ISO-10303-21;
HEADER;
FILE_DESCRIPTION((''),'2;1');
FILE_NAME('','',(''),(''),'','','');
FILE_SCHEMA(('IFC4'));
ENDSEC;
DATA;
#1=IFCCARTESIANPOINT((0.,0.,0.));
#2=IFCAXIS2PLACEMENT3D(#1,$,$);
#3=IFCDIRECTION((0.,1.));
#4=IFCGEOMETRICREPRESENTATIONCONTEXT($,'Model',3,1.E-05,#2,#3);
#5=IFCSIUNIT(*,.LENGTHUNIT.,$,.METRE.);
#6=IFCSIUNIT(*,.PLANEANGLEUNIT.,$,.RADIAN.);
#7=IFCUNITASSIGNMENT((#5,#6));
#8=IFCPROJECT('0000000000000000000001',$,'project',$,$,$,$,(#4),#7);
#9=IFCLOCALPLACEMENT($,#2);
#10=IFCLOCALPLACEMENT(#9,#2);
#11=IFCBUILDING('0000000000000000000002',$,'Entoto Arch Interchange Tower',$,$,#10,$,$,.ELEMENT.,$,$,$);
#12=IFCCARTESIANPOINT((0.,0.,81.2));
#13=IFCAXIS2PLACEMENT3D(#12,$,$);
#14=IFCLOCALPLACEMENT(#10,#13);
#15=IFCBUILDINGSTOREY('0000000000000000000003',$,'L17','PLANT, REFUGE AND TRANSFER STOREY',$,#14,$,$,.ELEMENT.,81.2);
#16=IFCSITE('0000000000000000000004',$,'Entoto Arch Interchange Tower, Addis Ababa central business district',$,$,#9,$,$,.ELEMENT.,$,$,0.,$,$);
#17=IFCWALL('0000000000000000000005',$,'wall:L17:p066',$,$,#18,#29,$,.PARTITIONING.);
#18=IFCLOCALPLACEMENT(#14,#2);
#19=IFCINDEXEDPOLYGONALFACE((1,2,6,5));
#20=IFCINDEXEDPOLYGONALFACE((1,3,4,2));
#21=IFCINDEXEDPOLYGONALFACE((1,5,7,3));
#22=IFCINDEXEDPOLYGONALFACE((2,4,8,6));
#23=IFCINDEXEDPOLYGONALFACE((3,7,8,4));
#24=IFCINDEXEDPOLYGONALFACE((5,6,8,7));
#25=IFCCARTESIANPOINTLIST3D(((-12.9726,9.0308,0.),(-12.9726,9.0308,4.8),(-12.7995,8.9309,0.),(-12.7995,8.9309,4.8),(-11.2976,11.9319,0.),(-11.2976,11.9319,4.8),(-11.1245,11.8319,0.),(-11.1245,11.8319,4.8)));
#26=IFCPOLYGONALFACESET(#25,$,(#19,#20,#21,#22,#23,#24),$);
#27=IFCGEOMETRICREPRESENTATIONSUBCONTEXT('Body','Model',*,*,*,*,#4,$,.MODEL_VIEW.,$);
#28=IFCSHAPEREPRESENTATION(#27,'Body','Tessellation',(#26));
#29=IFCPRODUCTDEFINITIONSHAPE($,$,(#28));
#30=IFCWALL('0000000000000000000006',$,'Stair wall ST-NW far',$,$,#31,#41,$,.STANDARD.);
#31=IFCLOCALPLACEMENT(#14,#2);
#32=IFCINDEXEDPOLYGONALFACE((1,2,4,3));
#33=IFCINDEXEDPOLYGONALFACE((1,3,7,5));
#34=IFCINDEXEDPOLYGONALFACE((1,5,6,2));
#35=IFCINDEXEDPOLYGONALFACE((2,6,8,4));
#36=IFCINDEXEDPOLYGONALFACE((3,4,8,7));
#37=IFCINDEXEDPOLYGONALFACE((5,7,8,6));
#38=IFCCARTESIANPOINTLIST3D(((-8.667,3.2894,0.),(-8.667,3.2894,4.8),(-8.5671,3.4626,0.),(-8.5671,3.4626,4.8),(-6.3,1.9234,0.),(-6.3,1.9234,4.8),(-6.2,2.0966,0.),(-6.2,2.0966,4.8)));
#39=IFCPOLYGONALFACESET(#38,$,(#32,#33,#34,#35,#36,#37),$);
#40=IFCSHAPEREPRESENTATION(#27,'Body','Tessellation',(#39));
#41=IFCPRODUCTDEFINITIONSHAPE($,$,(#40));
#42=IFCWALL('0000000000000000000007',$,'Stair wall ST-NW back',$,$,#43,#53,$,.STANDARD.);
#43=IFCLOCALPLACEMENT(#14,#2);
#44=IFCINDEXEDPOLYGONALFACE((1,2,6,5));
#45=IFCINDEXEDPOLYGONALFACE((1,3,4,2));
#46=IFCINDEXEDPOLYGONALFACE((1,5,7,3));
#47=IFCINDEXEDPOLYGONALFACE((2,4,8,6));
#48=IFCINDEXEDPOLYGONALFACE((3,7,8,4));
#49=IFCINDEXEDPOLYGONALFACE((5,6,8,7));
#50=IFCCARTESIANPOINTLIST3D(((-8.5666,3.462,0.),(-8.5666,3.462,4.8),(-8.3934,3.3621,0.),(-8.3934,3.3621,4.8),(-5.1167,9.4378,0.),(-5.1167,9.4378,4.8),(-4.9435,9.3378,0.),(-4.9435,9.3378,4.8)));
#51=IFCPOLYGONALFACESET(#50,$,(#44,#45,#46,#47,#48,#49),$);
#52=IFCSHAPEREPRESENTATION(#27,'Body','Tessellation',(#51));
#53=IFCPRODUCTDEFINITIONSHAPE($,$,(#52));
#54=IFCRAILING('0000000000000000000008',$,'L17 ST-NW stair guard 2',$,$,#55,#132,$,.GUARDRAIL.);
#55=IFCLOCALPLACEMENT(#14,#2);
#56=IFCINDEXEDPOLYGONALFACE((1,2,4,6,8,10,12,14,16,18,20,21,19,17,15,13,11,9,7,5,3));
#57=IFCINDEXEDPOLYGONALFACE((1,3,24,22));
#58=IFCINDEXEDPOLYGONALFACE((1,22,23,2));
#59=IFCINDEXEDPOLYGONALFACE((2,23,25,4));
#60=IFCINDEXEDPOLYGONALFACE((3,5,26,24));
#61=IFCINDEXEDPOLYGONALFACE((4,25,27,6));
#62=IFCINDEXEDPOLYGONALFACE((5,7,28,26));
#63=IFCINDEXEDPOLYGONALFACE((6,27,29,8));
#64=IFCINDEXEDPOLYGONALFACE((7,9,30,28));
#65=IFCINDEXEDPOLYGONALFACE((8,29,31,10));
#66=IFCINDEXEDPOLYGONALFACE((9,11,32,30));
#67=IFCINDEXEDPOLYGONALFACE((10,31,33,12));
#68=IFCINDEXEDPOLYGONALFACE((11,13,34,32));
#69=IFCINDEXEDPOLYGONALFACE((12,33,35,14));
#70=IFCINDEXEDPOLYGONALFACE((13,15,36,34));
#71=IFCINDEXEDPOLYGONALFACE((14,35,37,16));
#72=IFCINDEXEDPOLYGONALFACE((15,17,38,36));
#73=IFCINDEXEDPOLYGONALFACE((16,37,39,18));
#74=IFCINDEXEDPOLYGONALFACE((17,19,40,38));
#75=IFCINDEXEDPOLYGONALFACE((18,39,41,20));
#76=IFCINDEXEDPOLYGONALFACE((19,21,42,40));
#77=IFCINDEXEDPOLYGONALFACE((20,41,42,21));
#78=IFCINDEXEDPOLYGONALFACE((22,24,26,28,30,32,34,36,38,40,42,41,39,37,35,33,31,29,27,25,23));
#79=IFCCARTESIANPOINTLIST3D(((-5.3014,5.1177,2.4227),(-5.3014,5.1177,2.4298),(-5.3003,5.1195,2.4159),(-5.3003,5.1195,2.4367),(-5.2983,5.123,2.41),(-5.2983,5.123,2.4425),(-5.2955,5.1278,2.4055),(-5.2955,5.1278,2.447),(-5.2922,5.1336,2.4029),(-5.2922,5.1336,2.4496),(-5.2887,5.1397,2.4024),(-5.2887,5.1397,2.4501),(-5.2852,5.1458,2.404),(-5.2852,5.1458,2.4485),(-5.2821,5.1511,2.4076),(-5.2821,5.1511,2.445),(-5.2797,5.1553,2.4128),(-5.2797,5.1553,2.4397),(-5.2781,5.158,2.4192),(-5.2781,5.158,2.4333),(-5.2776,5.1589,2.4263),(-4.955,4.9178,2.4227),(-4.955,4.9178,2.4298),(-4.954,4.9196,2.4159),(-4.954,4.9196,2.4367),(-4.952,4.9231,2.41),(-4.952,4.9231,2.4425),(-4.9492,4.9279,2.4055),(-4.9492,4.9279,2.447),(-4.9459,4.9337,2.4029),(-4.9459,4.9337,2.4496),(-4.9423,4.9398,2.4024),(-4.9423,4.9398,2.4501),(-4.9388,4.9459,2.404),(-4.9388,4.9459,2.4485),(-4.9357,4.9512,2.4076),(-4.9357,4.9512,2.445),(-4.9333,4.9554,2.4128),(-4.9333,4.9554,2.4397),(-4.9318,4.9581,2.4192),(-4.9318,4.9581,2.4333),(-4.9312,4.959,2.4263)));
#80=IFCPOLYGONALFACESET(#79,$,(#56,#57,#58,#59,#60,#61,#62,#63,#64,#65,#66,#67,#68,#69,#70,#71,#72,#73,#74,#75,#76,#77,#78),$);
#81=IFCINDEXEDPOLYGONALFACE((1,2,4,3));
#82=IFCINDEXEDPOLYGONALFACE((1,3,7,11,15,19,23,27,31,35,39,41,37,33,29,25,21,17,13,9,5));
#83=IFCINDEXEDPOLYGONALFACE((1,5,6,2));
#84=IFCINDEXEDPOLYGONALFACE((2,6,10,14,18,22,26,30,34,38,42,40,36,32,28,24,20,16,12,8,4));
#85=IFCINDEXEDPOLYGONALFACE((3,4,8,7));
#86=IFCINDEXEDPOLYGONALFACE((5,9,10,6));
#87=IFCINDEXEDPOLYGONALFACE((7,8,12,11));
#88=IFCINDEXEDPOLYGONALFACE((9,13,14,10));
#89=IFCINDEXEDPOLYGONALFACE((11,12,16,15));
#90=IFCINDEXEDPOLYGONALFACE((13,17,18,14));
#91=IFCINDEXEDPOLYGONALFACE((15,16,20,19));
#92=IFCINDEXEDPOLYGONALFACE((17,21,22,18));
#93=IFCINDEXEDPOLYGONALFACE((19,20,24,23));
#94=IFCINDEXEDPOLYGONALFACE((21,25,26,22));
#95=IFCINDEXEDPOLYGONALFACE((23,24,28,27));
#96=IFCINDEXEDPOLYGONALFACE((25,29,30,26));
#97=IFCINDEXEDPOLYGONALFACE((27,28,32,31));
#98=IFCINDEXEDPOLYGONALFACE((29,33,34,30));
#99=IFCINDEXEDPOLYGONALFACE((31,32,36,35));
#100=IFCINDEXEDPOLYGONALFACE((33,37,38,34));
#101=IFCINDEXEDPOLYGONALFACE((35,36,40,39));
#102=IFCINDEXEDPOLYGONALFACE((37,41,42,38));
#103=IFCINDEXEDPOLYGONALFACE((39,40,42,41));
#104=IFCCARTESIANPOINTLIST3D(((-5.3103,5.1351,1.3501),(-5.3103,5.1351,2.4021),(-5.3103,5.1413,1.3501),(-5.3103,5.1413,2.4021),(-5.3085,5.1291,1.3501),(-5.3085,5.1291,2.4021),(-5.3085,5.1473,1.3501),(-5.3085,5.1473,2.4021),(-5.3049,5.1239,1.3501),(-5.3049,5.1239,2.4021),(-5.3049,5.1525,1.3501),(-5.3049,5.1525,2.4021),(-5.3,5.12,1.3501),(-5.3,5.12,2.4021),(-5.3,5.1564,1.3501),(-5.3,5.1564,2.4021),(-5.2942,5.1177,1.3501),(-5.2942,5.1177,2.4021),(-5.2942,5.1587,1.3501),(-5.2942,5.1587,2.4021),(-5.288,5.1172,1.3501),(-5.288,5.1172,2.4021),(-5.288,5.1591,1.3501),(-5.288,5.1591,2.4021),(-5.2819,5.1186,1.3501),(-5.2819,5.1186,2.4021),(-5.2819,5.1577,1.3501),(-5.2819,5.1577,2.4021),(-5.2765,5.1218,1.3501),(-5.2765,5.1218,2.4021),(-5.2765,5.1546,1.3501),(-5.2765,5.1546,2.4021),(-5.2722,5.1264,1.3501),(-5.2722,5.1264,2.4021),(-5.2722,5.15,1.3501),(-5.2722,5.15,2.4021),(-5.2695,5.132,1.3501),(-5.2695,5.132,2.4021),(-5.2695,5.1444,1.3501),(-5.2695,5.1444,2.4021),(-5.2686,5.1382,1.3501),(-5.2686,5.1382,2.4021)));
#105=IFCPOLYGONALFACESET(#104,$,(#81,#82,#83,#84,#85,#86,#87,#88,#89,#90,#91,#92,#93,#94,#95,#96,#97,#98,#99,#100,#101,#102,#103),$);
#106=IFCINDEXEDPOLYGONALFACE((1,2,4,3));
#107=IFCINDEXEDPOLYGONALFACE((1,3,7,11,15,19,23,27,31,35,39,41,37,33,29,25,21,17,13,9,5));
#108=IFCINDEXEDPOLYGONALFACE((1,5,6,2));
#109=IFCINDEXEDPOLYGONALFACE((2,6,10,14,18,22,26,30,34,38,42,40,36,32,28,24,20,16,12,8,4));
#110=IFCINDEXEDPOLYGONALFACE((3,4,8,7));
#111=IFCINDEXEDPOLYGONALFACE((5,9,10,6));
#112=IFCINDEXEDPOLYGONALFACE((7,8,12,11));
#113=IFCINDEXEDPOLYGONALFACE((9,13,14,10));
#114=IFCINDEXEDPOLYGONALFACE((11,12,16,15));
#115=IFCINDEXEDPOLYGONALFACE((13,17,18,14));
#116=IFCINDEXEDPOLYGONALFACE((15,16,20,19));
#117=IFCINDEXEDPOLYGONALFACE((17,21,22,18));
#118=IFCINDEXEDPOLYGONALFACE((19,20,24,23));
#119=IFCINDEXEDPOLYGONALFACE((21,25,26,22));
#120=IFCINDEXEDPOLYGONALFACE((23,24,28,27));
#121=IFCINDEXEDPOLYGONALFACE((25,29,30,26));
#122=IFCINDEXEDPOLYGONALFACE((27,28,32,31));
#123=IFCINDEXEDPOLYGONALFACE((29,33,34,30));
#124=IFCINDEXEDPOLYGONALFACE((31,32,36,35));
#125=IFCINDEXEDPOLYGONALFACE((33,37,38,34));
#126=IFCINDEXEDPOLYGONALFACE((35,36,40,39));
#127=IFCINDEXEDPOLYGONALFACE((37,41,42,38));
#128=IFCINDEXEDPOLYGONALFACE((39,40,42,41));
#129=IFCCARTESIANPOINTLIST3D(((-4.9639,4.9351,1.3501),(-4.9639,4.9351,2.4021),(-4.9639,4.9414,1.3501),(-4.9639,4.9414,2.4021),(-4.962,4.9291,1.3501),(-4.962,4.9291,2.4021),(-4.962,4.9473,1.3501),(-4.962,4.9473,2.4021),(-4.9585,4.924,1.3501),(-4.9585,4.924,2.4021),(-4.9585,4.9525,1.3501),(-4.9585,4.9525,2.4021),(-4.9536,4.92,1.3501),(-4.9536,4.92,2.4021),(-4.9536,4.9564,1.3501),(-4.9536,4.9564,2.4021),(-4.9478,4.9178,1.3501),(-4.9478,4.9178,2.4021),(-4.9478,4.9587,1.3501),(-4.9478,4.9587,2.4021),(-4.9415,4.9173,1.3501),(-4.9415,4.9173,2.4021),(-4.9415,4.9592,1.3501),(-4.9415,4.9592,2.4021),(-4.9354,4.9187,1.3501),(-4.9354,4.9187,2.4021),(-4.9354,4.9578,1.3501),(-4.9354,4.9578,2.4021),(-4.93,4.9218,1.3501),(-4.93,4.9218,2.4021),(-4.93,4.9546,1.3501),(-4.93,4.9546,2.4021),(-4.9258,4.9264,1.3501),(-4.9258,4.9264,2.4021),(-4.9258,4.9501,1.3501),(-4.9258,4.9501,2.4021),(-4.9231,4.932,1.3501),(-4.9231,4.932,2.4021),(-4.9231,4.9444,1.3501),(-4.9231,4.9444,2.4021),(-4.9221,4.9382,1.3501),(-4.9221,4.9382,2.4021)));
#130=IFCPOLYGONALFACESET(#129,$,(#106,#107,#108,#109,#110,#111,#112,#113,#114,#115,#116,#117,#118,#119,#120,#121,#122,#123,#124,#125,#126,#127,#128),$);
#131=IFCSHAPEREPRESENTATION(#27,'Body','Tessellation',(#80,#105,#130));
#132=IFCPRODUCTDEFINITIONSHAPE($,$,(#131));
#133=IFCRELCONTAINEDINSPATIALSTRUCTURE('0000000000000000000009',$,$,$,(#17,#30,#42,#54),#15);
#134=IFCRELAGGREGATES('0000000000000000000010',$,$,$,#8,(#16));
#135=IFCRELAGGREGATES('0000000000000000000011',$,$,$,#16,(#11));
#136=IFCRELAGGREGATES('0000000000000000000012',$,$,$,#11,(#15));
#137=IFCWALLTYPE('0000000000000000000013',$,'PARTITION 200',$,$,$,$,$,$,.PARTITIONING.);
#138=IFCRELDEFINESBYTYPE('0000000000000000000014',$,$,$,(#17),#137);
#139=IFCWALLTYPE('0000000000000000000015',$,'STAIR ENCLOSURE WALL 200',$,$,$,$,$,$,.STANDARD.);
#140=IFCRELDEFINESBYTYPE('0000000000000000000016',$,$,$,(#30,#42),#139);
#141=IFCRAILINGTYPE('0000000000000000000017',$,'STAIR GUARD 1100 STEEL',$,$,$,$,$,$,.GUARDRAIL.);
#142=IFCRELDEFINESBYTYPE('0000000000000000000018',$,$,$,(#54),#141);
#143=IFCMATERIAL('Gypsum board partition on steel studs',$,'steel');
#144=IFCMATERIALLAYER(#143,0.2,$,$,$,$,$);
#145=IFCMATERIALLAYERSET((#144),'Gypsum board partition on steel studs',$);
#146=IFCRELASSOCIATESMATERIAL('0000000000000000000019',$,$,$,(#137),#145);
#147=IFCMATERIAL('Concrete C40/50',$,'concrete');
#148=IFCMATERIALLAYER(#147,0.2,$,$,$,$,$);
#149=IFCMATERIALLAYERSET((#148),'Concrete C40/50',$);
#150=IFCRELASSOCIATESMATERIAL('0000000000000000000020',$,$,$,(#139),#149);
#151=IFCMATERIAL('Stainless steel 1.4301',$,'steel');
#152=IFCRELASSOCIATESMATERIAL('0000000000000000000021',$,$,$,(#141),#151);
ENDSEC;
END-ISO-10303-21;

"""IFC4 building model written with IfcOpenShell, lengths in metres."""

from ifc_helpers import new_model, si_unit, direction, frame, frame_2d, origin, origin_2d, place, context, subcontext, project, spatial, rectangle, circle, extrude, material, layer, layer_set, type_object, element, save


model = new_model("IFC4")

# Units and contexts
model_context = context("Model", 3, precision=1e-05, world=origin(), true_north=direction((0.0, 1.0)))
body_context = subcontext(model_context, "Body", "Model", "MODEL_VIEW")
ifc_project = project(units=[si_unit("LENGTHUNIT", "METRE"), si_unit("PLANEANGLEUNIT", "RADIAN")], contexts=[model_context])

# Site, building, storey
site_placement = place(None, origin())
site = spatial("IfcSite", under=ifc_project, at=site_placement, Name="Entoto Arch Interchange Tower, Addis Ababa central business district", CompositionType="ELEMENT", RefElevation=0.0)
building_placement = place(site_placement, origin())
building = spatial("IfcBuilding", under=site, at=building_placement, Name="Entoto Arch Interchange Tower", CompositionType="ELEMENT")
storey_placement = place(building_placement, frame((0.0, 0.0, 81.2)))
storey = spatial("IfcBuildingStorey", under=building, at=storey_placement, Name="L17", Description="PLANT, REFUGE AND TRANSFER STOREY", CompositionType="ELEMENT", Elevation=81.2)

# Shared definitions
ifc_material_1 = material(Name="Concrete C40/50", Category="concrete")

# Walls
ifc_material_2 = material(Name="Gypsum board partition on steel studs", Category="steel")
ifc_layer_1 = layer(ifc_material_2, 0.2)
ifc_layer_set_1 = layer_set([ifc_layer_1], Name="Gypsum board partition on steel studs")
wall_type_1 = type_object("IfcWallType", Name="PARTITION 200", PredefinedType="PARTITIONING", material=ifc_layer_set_1)
wall_1_placement = place(storey_placement, frame((-12.886, 8.981, 0.0), z_axis=(0.0, 0.0, 1.0), x_axis=(0.500019, 0.866014, 0.0)))
element("IfcWall", 1, at=wall_1_placement, inside=storey, type_object=wall_type_1, Name="wall:L17:p066", PredefinedType="PARTITIONING", context=body_context, shape_type="SweptSolid", body=[
    extrude(rectangle(XDim=3.3499, YDim=0.2, at=frame_2d((1.6748, 0.0))), origin(), (0.0, 0.0, 1.0), 4.8),
])
ifc_layer_2 = layer(ifc_material_1, 0.2)
ifc_layer_set_2 = layer_set([ifc_layer_2], Name="Concrete C40/50")
wall_type_2 = type_object("IfcWallType", Name="STAIR ENCLOSURE WALL 200", PredefinedType="STANDARD", material=ifc_layer_set_2)
wall_2_placement = place(storey_placement, frame((-6.25, 2.01, 0.0), z_axis=(0.0, 0.0, 1.0), x_axis=(-0.866119, 0.499838, 0.0)))
element("IfcWall", 2, at=wall_2_placement, inside=storey, type_object=wall_type_2, Name="Stair wall ST-NW far", PredefinedType="STANDARD", context=body_context, shape_type="SweptSolid", body=[
    extrude(rectangle(XDim=2.7329, YDim=0.2, at=frame_2d((1.3665, 0.0))), origin(), (0.0, 0.0, 1.0), 4.8),
])
wall_3_placement = place(storey_placement, frame((-5.03, 9.3879, 0.0), z_axis=(0.0, 0.0, 1.0), x_axis=(-0.499979, -0.866038, 0.0)))
element("IfcWall", 3, at=wall_3_placement, inside=storey, type_object=wall_type_2, Name="Stair wall ST-NW back", PredefinedType="STANDARD", context=body_context, shape_type="SweptSolid", body=[
    extrude(rectangle(XDim=6.9001, YDim=0.2, at=frame_2d((3.4502, 0.0))), origin(), (0.0, 0.0, 1.0), 4.8),
])

# Railing
ifc_material_3 = material(Name="Stainless steel 1.4301", Category="steel")
railing_type_1 = type_object("IfcRailingType", Name="STAIR GUARD 1100 STEEL", PredefinedType="GUARDRAIL", material=ifc_material_3)
railing_1_placement = place(storey_placement, frame((-5.2896, 5.1382, 1.3501)))
element("IfcRailing", 4, at=railing_1_placement, inside=storey, type_object=railing_type_1, Name="L17 ST-NW stair guard 2", PredefinedType="GUARDRAIL", context=body_context, shape_type="SweptSolid", body=[
    extrude(circle(Radius=0.0239, at=origin_2d()), frame((0.0, 0.0, 1.0762), z_axis=(0.866094, -0.499881, 0.0), x_axis=(0.499881, 0.866094, 0.0)), (0.0, 0.0, 1.0), 0.3999),
    extrude(circle(Radius=0.021, at=origin_2d()), origin(), (0.0, 0.0, 1.0), 1.052),
    extrude(circle(Radius=0.021, at=origin_2d()), frame((0.3464, -0.2, 0.0)), (0.0, 0.0, 1.0), 1.052),
])

save(model, "model.ifc")
